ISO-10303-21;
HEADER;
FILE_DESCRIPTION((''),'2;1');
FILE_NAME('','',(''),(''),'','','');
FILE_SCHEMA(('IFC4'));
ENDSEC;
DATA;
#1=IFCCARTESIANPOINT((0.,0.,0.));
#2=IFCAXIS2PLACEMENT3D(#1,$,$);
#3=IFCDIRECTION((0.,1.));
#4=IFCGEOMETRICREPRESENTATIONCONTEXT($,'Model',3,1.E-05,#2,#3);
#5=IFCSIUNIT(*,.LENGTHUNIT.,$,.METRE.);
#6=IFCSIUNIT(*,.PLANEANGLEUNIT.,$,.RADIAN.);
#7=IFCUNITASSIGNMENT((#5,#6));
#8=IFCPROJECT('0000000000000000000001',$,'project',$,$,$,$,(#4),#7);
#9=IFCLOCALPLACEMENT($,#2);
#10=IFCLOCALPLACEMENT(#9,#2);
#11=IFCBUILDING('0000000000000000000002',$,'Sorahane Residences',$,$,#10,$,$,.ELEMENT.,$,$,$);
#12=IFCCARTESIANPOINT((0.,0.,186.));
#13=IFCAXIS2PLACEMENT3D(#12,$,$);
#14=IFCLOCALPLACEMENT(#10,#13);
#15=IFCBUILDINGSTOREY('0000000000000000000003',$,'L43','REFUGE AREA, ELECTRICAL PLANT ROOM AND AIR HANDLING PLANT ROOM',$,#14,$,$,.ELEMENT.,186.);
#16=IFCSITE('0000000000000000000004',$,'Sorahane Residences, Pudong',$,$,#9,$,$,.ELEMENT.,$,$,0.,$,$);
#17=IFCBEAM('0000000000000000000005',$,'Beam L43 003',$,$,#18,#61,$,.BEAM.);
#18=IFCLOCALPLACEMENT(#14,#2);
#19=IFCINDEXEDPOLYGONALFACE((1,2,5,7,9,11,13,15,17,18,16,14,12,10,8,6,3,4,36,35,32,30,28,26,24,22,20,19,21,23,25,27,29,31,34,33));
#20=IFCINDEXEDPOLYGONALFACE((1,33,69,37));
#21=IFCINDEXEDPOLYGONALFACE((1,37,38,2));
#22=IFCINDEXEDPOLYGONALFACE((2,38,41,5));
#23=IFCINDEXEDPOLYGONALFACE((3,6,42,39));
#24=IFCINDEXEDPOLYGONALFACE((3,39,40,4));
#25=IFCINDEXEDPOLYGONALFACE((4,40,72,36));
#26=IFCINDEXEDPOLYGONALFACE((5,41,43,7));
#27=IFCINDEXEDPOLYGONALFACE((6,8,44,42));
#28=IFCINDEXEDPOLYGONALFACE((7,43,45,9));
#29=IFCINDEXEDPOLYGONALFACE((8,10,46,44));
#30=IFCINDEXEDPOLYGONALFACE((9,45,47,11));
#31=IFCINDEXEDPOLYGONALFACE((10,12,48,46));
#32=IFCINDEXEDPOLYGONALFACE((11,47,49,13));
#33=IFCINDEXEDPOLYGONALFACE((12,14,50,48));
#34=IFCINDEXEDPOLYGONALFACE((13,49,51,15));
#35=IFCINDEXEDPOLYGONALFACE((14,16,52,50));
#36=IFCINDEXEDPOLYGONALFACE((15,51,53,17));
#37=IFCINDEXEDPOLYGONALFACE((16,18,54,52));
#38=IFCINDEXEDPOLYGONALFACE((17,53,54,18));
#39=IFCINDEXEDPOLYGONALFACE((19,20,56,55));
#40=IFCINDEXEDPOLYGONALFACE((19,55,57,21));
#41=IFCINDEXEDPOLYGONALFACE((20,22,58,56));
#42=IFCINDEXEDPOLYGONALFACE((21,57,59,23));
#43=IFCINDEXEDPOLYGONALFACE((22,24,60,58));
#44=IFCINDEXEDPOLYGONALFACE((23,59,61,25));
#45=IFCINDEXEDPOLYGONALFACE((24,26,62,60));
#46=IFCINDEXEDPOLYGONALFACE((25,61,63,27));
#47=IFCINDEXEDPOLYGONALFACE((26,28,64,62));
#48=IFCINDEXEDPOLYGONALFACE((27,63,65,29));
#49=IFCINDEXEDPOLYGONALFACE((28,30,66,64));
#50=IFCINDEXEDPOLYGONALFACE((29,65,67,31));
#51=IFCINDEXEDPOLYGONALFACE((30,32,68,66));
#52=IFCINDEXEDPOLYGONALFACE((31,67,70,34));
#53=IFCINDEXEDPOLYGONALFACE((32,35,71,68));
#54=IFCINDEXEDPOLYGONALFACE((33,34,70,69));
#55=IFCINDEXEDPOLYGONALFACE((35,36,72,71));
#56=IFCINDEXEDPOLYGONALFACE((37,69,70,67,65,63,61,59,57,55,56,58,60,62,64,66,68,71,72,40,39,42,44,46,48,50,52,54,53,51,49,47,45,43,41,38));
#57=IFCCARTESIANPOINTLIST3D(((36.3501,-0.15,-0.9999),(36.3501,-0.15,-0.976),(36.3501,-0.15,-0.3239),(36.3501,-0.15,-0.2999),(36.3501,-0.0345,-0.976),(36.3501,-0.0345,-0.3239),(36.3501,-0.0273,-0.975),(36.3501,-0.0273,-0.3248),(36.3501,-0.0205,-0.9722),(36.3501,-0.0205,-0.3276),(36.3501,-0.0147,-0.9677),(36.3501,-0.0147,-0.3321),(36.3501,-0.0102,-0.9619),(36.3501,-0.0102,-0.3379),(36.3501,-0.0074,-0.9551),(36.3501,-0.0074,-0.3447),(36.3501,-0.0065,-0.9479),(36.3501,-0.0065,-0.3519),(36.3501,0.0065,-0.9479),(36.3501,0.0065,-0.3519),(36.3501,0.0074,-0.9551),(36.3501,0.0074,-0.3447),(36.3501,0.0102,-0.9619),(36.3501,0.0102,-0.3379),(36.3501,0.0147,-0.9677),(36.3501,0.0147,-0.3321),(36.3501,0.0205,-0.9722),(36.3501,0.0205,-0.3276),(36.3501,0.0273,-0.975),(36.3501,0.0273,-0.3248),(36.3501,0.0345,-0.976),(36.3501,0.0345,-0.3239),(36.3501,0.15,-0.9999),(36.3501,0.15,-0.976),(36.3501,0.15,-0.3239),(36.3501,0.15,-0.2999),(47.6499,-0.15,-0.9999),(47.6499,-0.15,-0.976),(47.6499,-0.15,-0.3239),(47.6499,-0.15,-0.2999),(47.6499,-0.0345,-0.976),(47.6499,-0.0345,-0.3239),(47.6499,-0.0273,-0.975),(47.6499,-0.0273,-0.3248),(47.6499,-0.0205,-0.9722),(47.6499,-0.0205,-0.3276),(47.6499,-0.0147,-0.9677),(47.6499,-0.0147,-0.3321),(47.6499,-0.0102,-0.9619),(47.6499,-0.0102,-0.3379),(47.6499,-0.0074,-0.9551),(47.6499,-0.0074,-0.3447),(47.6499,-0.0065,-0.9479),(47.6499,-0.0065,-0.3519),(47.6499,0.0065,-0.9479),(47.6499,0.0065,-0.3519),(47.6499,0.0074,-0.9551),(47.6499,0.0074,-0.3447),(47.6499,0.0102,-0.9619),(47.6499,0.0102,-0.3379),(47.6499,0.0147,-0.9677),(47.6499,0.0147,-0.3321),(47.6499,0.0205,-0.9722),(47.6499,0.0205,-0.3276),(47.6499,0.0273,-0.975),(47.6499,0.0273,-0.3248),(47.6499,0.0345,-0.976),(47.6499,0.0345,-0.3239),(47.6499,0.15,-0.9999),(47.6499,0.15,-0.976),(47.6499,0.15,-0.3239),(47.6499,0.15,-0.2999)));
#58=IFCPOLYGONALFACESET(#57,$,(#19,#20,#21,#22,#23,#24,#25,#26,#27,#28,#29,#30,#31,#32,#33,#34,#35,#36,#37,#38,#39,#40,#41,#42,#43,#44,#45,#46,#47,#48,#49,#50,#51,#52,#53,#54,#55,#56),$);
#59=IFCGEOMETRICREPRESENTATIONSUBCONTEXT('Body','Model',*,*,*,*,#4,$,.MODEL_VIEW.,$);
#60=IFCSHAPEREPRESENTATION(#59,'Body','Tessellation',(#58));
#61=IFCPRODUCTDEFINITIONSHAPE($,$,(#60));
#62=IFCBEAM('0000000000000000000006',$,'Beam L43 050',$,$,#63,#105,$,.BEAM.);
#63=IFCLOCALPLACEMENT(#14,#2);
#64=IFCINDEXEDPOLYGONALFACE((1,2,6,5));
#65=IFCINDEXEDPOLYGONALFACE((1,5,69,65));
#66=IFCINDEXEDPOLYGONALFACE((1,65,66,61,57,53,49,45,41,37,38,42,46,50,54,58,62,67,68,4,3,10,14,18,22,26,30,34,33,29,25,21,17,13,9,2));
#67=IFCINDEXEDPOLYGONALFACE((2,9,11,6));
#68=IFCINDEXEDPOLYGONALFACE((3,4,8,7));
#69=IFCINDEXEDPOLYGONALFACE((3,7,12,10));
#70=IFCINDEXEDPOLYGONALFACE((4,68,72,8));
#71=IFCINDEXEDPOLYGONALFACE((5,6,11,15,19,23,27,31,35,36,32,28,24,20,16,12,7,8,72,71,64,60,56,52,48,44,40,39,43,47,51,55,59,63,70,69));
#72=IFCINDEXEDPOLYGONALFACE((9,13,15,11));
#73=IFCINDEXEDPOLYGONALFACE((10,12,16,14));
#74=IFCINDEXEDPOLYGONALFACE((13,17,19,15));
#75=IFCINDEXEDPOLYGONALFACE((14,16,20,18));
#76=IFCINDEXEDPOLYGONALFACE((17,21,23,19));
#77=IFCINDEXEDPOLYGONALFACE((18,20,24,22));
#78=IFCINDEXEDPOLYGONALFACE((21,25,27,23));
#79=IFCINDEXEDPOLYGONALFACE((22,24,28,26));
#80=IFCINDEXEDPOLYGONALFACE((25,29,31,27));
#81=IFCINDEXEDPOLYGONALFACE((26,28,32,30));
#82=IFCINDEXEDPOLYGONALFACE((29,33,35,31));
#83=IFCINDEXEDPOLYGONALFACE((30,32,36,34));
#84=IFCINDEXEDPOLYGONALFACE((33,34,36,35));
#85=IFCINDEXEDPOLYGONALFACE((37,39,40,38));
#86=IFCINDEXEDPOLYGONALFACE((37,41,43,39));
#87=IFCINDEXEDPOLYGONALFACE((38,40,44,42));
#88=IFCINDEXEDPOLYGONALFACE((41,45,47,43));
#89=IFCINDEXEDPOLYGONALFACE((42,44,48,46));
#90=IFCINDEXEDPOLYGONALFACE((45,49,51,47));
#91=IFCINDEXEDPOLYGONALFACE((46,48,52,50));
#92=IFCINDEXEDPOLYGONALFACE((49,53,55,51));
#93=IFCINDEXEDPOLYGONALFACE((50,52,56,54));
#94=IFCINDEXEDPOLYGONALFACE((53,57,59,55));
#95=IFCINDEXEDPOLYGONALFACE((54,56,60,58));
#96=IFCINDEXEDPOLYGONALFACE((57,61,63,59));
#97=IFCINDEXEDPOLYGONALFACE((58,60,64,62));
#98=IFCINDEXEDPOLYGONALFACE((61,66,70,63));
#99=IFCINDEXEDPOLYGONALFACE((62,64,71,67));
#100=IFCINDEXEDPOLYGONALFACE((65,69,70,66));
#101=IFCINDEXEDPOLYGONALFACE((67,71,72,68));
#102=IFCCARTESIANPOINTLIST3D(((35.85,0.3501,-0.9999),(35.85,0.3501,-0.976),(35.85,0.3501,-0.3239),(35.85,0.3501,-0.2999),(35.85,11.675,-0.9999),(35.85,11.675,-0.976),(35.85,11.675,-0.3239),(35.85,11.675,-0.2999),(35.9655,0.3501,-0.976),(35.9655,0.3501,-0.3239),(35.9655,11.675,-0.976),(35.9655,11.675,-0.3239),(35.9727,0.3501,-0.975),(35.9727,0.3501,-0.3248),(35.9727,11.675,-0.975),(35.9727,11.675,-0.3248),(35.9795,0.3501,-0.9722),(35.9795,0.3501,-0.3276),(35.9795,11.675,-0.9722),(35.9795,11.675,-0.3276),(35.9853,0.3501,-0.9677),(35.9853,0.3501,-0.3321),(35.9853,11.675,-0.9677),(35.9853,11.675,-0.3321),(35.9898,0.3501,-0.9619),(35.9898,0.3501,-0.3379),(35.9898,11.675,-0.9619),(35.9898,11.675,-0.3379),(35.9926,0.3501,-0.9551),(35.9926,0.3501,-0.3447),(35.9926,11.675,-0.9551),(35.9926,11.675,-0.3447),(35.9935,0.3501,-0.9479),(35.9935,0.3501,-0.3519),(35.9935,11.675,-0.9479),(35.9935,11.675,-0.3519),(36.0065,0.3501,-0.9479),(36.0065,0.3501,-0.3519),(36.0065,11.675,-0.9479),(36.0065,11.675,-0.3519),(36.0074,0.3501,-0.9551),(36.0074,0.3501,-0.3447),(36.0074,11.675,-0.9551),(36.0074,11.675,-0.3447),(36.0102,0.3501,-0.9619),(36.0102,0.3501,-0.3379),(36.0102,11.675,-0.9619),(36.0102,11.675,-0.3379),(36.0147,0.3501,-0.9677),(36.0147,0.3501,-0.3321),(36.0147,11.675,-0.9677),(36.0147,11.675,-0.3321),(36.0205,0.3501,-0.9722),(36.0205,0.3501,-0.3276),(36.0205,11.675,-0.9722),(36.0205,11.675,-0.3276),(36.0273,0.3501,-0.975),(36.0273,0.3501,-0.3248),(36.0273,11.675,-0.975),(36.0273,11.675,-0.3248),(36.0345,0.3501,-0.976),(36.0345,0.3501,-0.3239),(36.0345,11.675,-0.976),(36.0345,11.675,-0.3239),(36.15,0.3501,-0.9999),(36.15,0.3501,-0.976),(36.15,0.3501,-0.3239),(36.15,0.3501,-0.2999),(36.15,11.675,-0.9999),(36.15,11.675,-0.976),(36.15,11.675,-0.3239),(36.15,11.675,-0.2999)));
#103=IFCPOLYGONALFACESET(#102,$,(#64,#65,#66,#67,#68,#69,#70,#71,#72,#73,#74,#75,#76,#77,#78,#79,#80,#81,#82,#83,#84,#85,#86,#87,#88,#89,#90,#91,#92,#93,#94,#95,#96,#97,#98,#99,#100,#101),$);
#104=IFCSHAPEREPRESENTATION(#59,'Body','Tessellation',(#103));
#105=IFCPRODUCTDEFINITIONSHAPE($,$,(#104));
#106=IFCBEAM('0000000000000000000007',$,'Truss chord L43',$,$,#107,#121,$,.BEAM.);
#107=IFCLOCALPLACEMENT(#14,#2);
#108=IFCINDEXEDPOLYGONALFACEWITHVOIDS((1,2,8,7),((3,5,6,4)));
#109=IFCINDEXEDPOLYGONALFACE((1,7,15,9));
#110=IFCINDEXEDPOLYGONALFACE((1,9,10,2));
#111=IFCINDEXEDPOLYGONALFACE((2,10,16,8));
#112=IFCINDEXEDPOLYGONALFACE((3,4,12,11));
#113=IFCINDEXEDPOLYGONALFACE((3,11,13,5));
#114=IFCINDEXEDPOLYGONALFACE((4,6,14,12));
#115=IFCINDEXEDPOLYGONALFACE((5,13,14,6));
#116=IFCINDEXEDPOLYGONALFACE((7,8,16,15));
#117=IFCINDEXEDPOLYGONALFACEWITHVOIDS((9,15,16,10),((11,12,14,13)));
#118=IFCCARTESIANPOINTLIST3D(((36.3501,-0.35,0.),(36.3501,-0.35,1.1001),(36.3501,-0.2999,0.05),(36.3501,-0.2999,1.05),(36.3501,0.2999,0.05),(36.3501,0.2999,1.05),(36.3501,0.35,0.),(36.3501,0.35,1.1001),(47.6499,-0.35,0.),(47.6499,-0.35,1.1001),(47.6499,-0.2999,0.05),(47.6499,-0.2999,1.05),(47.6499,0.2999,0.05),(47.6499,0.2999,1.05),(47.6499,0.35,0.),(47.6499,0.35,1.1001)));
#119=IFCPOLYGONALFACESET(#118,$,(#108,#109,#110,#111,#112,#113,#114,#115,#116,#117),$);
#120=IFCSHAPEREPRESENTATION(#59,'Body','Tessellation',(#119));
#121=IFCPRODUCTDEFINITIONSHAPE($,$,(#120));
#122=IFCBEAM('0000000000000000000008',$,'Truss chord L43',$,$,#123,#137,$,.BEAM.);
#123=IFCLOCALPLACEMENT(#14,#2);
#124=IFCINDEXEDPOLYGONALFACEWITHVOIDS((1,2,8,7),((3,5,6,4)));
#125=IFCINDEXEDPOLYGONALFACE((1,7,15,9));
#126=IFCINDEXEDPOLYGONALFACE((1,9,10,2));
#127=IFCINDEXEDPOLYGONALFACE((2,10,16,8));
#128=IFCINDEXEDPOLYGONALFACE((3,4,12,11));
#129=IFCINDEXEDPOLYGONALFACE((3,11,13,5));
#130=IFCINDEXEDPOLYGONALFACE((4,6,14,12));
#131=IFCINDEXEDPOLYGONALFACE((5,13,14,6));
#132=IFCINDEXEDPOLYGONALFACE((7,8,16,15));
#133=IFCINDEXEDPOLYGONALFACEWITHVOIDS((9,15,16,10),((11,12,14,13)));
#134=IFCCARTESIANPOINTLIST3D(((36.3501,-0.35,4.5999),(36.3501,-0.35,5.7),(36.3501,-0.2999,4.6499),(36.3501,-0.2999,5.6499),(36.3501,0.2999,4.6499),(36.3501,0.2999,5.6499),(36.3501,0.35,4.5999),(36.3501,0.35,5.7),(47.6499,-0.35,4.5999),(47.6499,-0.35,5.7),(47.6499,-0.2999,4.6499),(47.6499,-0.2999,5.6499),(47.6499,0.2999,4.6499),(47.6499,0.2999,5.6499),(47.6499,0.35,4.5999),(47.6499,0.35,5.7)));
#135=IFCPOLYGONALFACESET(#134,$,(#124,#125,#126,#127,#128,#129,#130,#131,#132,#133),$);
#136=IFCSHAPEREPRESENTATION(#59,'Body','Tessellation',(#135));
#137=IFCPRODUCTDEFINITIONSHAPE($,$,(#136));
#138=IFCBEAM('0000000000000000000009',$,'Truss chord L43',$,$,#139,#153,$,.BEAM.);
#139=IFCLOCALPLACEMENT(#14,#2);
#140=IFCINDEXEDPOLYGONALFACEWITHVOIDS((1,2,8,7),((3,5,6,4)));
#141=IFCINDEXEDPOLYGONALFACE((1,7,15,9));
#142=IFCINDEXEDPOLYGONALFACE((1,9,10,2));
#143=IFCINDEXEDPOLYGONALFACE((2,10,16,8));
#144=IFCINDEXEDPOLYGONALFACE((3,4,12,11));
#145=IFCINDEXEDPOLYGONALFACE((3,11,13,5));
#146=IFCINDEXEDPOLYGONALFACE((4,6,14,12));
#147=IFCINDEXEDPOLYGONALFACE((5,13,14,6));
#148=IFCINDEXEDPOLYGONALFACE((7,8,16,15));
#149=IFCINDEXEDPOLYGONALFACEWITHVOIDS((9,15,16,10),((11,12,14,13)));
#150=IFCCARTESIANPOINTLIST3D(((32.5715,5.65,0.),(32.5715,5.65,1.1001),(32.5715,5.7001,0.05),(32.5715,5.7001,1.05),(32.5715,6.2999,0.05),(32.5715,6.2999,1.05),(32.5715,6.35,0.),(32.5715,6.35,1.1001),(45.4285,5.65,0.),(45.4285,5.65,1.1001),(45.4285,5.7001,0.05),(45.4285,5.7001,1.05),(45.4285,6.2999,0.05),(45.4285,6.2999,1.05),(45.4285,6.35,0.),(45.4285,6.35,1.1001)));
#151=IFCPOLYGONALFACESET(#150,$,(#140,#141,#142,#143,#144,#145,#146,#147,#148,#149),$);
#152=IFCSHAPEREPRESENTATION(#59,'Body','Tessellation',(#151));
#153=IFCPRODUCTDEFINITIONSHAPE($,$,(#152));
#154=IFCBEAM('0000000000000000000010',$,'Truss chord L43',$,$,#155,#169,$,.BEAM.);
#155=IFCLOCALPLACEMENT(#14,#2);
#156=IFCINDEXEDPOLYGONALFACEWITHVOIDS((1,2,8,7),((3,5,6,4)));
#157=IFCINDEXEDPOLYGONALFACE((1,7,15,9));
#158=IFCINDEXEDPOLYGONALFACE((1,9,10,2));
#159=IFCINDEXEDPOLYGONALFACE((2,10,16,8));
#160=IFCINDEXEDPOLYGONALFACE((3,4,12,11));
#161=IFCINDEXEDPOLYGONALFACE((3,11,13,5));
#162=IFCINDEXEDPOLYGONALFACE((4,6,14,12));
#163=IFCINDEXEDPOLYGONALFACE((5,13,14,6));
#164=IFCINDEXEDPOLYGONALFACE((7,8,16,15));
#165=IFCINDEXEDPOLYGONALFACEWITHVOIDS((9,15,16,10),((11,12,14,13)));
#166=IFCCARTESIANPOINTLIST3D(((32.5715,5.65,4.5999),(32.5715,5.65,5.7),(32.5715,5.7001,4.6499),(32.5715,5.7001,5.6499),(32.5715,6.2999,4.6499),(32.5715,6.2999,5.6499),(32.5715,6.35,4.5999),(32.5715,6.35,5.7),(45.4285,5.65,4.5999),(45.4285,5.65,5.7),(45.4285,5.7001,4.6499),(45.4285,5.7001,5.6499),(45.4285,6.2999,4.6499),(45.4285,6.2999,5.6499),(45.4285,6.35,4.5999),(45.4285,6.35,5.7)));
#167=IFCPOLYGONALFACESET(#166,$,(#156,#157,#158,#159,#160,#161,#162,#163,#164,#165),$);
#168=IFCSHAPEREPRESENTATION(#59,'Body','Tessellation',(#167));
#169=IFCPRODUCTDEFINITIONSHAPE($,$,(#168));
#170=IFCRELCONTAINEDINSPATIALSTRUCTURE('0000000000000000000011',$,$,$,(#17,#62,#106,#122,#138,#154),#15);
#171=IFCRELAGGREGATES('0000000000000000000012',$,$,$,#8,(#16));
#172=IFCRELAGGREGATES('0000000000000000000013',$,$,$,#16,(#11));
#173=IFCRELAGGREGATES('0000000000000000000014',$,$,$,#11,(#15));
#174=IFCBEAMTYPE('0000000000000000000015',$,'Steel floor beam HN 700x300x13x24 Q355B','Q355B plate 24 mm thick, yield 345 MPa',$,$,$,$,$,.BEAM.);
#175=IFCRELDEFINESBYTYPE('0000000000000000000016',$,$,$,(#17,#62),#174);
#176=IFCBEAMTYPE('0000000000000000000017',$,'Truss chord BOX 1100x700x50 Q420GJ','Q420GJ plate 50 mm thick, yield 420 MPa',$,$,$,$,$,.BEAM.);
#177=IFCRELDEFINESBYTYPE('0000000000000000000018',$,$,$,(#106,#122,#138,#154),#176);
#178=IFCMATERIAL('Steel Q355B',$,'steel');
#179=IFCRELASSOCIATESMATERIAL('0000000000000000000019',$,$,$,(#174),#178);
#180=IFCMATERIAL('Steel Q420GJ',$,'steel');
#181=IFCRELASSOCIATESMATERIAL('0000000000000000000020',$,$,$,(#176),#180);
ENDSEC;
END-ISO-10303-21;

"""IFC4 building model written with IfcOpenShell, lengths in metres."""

from ifc_helpers import new_model, si_unit, direction, frame, origin, origin_2d, place, context, subcontext, project, spatial, hollow_rectangle, i_section, extrude, material, material_profile, profile_set, type_object, element, save


model = new_model("IFC4")

# Units and contexts
model_context = context("Model", 3, precision=1e-05, world=origin(), true_north=direction((0.0, 1.0)))
body_context = subcontext(model_context, "Body", "Model", "MODEL_VIEW")
ifc_project = project(units=[si_unit("LENGTHUNIT", "METRE"), si_unit("PLANEANGLEUNIT", "RADIAN")], contexts=[model_context])

# Site, building, storey
site_placement = place(None, origin())
site = spatial("IfcSite", under=ifc_project, at=site_placement, Name="Sorahane Residences, Pudong", CompositionType="ELEMENT", RefElevation=0.0)
building_placement = place(site_placement, origin())
building = spatial("IfcBuilding", under=site, at=building_placement, Name="Sorahane Residences", CompositionType="ELEMENT")
storey_placement = place(building_placement, frame((0.0, 0.0, 186.0)))
storey = spatial("IfcBuildingStorey", under=building, at=storey_placement, Name="L43", Description="REFUGE AREA, ELECTRICAL PLANT ROOM AND AIR HANDLING PLANT ROOM", CompositionType="ELEMENT", Elevation=186.0)

# Beams
ifc_material_1 = material(Name="Steel Q355B", Category="steel")
ifc_material_profile_1 = material_profile(ifc_material_1, i_section(OverallWidth=0.3, OverallDepth=0.7, WebThickness=0.0129, FlangeThickness=0.0239, FilletRadius=0.0281, at=origin_2d()), Name="HN 700x300x13x24")
ifc_profile_set_1 = profile_set([ifc_material_profile_1], Name="Steel Q355B")
beam_type_1 = type_object("IfcBeamType", Name="Steel floor beam HN 700x300x13x24 Q355B", Description="Q355B plate 24 mm thick, yield 345 MPa", PredefinedType="BEAM", material=ifc_profile_set_1)
beam_1_placement = place(storey_placement, frame((36.3501, 0.0, -0.6499), z_axis=(1.0, 0.0, 0.0), x_axis=(0.0, 1.0, 0.0)))
element("IfcBeam", 1, at=beam_1_placement, inside=storey, type_object=beam_type_1, Name="Beam L43 003", PredefinedType="BEAM", context=body_context, shape_type="SweptSolid", body=[
    extrude(i_section(OverallWidth=0.3, OverallDepth=0.7, WebThickness=0.0129, FlangeThickness=0.0239, FilletRadius=0.0281, at=origin_2d()), origin(), (0.0, 0.0, 1.0), 11.2998),
])
beam_2_placement = place(storey_placement, frame((36.0, 0.3501, -0.6499), z_axis=(0.0, 1.0, 0.0), x_axis=(-1.0, 0.0, 0.0)))
element("IfcBeam", 2, at=beam_2_placement, inside=storey, type_object=beam_type_1, Name="Beam L43 050", PredefinedType="BEAM", context=body_context, shape_type="SweptSolid", body=[
    extrude(i_section(OverallWidth=0.3, OverallDepth=0.7, WebThickness=0.0129, FlangeThickness=0.0239, FilletRadius=0.0281, at=origin_2d()), origin(), (0.0, 0.0, 1.0), 11.325),
])
ifc_material_2 = material(Name="Steel Q420GJ", Category="steel")
ifc_material_profile_2 = material_profile(ifc_material_2, hollow_rectangle(XDim=0.7, YDim=1.1001, WallThickness=0.05, at=origin_2d()), Name="BOX 1100x700x50")
ifc_profile_set_2 = profile_set([ifc_material_profile_2], Name="Steel Q420GJ")
beam_type_2 = type_object("IfcBeamType", Name="Truss chord BOX 1100x700x50 Q420GJ", Description="Q420GJ plate 50 mm thick, yield 420 MPa", PredefinedType="BEAM", material=ifc_profile_set_2)
for number, where, z_axis, x_axis, name in (
    (3, (36.3501, 0.0, 0.55), (1.0, 0.0, 0.0), (0.0, 1.0, 0.0), "Truss chord L43"),
    (4, (36.3501, 0.0, 5.1499), (1.0, 0.0, 0.0), (0.0, 1.0, 0.0), "Truss chord L43"),
):
    element("IfcBeam", number, at=place(storey_placement, frame(where, z_axis=z_axis, x_axis=x_axis)), inside=storey, type_object=beam_type_2, Name=name, PredefinedType="BEAM", context=body_context, shape_type="SweptSolid", body=[
        extrude(hollow_rectangle(XDim=0.7, YDim=1.1001, WallThickness=0.05, at=origin_2d()), origin(), (0.0, 0.0, 1.0), 11.2998),
    ])
for number, where, z_axis, x_axis, name in (
    (5, (32.5715, 6.0, 0.55), (1.0, 0.0, 0.0), (0.0, 1.0, 0.0), "Truss chord L43"),
    (6, (32.5715, 6.0, 5.1499), (1.0, 0.0, 0.0), (0.0, 1.0, 0.0), "Truss chord L43"),
):
    element("IfcBeam", number, at=place(storey_placement, frame(where, z_axis=z_axis, x_axis=x_axis)), inside=storey, type_object=beam_type_2, Name=name, PredefinedType="BEAM", context=body_context, shape_type="SweptSolid", body=[
        extrude(hollow_rectangle(XDim=0.7, YDim=1.1001, WallThickness=0.05, at=origin_2d()), origin(), (0.0, 0.0, 1.0), 12.8569),
    ])

save(model, "model.ifc")
